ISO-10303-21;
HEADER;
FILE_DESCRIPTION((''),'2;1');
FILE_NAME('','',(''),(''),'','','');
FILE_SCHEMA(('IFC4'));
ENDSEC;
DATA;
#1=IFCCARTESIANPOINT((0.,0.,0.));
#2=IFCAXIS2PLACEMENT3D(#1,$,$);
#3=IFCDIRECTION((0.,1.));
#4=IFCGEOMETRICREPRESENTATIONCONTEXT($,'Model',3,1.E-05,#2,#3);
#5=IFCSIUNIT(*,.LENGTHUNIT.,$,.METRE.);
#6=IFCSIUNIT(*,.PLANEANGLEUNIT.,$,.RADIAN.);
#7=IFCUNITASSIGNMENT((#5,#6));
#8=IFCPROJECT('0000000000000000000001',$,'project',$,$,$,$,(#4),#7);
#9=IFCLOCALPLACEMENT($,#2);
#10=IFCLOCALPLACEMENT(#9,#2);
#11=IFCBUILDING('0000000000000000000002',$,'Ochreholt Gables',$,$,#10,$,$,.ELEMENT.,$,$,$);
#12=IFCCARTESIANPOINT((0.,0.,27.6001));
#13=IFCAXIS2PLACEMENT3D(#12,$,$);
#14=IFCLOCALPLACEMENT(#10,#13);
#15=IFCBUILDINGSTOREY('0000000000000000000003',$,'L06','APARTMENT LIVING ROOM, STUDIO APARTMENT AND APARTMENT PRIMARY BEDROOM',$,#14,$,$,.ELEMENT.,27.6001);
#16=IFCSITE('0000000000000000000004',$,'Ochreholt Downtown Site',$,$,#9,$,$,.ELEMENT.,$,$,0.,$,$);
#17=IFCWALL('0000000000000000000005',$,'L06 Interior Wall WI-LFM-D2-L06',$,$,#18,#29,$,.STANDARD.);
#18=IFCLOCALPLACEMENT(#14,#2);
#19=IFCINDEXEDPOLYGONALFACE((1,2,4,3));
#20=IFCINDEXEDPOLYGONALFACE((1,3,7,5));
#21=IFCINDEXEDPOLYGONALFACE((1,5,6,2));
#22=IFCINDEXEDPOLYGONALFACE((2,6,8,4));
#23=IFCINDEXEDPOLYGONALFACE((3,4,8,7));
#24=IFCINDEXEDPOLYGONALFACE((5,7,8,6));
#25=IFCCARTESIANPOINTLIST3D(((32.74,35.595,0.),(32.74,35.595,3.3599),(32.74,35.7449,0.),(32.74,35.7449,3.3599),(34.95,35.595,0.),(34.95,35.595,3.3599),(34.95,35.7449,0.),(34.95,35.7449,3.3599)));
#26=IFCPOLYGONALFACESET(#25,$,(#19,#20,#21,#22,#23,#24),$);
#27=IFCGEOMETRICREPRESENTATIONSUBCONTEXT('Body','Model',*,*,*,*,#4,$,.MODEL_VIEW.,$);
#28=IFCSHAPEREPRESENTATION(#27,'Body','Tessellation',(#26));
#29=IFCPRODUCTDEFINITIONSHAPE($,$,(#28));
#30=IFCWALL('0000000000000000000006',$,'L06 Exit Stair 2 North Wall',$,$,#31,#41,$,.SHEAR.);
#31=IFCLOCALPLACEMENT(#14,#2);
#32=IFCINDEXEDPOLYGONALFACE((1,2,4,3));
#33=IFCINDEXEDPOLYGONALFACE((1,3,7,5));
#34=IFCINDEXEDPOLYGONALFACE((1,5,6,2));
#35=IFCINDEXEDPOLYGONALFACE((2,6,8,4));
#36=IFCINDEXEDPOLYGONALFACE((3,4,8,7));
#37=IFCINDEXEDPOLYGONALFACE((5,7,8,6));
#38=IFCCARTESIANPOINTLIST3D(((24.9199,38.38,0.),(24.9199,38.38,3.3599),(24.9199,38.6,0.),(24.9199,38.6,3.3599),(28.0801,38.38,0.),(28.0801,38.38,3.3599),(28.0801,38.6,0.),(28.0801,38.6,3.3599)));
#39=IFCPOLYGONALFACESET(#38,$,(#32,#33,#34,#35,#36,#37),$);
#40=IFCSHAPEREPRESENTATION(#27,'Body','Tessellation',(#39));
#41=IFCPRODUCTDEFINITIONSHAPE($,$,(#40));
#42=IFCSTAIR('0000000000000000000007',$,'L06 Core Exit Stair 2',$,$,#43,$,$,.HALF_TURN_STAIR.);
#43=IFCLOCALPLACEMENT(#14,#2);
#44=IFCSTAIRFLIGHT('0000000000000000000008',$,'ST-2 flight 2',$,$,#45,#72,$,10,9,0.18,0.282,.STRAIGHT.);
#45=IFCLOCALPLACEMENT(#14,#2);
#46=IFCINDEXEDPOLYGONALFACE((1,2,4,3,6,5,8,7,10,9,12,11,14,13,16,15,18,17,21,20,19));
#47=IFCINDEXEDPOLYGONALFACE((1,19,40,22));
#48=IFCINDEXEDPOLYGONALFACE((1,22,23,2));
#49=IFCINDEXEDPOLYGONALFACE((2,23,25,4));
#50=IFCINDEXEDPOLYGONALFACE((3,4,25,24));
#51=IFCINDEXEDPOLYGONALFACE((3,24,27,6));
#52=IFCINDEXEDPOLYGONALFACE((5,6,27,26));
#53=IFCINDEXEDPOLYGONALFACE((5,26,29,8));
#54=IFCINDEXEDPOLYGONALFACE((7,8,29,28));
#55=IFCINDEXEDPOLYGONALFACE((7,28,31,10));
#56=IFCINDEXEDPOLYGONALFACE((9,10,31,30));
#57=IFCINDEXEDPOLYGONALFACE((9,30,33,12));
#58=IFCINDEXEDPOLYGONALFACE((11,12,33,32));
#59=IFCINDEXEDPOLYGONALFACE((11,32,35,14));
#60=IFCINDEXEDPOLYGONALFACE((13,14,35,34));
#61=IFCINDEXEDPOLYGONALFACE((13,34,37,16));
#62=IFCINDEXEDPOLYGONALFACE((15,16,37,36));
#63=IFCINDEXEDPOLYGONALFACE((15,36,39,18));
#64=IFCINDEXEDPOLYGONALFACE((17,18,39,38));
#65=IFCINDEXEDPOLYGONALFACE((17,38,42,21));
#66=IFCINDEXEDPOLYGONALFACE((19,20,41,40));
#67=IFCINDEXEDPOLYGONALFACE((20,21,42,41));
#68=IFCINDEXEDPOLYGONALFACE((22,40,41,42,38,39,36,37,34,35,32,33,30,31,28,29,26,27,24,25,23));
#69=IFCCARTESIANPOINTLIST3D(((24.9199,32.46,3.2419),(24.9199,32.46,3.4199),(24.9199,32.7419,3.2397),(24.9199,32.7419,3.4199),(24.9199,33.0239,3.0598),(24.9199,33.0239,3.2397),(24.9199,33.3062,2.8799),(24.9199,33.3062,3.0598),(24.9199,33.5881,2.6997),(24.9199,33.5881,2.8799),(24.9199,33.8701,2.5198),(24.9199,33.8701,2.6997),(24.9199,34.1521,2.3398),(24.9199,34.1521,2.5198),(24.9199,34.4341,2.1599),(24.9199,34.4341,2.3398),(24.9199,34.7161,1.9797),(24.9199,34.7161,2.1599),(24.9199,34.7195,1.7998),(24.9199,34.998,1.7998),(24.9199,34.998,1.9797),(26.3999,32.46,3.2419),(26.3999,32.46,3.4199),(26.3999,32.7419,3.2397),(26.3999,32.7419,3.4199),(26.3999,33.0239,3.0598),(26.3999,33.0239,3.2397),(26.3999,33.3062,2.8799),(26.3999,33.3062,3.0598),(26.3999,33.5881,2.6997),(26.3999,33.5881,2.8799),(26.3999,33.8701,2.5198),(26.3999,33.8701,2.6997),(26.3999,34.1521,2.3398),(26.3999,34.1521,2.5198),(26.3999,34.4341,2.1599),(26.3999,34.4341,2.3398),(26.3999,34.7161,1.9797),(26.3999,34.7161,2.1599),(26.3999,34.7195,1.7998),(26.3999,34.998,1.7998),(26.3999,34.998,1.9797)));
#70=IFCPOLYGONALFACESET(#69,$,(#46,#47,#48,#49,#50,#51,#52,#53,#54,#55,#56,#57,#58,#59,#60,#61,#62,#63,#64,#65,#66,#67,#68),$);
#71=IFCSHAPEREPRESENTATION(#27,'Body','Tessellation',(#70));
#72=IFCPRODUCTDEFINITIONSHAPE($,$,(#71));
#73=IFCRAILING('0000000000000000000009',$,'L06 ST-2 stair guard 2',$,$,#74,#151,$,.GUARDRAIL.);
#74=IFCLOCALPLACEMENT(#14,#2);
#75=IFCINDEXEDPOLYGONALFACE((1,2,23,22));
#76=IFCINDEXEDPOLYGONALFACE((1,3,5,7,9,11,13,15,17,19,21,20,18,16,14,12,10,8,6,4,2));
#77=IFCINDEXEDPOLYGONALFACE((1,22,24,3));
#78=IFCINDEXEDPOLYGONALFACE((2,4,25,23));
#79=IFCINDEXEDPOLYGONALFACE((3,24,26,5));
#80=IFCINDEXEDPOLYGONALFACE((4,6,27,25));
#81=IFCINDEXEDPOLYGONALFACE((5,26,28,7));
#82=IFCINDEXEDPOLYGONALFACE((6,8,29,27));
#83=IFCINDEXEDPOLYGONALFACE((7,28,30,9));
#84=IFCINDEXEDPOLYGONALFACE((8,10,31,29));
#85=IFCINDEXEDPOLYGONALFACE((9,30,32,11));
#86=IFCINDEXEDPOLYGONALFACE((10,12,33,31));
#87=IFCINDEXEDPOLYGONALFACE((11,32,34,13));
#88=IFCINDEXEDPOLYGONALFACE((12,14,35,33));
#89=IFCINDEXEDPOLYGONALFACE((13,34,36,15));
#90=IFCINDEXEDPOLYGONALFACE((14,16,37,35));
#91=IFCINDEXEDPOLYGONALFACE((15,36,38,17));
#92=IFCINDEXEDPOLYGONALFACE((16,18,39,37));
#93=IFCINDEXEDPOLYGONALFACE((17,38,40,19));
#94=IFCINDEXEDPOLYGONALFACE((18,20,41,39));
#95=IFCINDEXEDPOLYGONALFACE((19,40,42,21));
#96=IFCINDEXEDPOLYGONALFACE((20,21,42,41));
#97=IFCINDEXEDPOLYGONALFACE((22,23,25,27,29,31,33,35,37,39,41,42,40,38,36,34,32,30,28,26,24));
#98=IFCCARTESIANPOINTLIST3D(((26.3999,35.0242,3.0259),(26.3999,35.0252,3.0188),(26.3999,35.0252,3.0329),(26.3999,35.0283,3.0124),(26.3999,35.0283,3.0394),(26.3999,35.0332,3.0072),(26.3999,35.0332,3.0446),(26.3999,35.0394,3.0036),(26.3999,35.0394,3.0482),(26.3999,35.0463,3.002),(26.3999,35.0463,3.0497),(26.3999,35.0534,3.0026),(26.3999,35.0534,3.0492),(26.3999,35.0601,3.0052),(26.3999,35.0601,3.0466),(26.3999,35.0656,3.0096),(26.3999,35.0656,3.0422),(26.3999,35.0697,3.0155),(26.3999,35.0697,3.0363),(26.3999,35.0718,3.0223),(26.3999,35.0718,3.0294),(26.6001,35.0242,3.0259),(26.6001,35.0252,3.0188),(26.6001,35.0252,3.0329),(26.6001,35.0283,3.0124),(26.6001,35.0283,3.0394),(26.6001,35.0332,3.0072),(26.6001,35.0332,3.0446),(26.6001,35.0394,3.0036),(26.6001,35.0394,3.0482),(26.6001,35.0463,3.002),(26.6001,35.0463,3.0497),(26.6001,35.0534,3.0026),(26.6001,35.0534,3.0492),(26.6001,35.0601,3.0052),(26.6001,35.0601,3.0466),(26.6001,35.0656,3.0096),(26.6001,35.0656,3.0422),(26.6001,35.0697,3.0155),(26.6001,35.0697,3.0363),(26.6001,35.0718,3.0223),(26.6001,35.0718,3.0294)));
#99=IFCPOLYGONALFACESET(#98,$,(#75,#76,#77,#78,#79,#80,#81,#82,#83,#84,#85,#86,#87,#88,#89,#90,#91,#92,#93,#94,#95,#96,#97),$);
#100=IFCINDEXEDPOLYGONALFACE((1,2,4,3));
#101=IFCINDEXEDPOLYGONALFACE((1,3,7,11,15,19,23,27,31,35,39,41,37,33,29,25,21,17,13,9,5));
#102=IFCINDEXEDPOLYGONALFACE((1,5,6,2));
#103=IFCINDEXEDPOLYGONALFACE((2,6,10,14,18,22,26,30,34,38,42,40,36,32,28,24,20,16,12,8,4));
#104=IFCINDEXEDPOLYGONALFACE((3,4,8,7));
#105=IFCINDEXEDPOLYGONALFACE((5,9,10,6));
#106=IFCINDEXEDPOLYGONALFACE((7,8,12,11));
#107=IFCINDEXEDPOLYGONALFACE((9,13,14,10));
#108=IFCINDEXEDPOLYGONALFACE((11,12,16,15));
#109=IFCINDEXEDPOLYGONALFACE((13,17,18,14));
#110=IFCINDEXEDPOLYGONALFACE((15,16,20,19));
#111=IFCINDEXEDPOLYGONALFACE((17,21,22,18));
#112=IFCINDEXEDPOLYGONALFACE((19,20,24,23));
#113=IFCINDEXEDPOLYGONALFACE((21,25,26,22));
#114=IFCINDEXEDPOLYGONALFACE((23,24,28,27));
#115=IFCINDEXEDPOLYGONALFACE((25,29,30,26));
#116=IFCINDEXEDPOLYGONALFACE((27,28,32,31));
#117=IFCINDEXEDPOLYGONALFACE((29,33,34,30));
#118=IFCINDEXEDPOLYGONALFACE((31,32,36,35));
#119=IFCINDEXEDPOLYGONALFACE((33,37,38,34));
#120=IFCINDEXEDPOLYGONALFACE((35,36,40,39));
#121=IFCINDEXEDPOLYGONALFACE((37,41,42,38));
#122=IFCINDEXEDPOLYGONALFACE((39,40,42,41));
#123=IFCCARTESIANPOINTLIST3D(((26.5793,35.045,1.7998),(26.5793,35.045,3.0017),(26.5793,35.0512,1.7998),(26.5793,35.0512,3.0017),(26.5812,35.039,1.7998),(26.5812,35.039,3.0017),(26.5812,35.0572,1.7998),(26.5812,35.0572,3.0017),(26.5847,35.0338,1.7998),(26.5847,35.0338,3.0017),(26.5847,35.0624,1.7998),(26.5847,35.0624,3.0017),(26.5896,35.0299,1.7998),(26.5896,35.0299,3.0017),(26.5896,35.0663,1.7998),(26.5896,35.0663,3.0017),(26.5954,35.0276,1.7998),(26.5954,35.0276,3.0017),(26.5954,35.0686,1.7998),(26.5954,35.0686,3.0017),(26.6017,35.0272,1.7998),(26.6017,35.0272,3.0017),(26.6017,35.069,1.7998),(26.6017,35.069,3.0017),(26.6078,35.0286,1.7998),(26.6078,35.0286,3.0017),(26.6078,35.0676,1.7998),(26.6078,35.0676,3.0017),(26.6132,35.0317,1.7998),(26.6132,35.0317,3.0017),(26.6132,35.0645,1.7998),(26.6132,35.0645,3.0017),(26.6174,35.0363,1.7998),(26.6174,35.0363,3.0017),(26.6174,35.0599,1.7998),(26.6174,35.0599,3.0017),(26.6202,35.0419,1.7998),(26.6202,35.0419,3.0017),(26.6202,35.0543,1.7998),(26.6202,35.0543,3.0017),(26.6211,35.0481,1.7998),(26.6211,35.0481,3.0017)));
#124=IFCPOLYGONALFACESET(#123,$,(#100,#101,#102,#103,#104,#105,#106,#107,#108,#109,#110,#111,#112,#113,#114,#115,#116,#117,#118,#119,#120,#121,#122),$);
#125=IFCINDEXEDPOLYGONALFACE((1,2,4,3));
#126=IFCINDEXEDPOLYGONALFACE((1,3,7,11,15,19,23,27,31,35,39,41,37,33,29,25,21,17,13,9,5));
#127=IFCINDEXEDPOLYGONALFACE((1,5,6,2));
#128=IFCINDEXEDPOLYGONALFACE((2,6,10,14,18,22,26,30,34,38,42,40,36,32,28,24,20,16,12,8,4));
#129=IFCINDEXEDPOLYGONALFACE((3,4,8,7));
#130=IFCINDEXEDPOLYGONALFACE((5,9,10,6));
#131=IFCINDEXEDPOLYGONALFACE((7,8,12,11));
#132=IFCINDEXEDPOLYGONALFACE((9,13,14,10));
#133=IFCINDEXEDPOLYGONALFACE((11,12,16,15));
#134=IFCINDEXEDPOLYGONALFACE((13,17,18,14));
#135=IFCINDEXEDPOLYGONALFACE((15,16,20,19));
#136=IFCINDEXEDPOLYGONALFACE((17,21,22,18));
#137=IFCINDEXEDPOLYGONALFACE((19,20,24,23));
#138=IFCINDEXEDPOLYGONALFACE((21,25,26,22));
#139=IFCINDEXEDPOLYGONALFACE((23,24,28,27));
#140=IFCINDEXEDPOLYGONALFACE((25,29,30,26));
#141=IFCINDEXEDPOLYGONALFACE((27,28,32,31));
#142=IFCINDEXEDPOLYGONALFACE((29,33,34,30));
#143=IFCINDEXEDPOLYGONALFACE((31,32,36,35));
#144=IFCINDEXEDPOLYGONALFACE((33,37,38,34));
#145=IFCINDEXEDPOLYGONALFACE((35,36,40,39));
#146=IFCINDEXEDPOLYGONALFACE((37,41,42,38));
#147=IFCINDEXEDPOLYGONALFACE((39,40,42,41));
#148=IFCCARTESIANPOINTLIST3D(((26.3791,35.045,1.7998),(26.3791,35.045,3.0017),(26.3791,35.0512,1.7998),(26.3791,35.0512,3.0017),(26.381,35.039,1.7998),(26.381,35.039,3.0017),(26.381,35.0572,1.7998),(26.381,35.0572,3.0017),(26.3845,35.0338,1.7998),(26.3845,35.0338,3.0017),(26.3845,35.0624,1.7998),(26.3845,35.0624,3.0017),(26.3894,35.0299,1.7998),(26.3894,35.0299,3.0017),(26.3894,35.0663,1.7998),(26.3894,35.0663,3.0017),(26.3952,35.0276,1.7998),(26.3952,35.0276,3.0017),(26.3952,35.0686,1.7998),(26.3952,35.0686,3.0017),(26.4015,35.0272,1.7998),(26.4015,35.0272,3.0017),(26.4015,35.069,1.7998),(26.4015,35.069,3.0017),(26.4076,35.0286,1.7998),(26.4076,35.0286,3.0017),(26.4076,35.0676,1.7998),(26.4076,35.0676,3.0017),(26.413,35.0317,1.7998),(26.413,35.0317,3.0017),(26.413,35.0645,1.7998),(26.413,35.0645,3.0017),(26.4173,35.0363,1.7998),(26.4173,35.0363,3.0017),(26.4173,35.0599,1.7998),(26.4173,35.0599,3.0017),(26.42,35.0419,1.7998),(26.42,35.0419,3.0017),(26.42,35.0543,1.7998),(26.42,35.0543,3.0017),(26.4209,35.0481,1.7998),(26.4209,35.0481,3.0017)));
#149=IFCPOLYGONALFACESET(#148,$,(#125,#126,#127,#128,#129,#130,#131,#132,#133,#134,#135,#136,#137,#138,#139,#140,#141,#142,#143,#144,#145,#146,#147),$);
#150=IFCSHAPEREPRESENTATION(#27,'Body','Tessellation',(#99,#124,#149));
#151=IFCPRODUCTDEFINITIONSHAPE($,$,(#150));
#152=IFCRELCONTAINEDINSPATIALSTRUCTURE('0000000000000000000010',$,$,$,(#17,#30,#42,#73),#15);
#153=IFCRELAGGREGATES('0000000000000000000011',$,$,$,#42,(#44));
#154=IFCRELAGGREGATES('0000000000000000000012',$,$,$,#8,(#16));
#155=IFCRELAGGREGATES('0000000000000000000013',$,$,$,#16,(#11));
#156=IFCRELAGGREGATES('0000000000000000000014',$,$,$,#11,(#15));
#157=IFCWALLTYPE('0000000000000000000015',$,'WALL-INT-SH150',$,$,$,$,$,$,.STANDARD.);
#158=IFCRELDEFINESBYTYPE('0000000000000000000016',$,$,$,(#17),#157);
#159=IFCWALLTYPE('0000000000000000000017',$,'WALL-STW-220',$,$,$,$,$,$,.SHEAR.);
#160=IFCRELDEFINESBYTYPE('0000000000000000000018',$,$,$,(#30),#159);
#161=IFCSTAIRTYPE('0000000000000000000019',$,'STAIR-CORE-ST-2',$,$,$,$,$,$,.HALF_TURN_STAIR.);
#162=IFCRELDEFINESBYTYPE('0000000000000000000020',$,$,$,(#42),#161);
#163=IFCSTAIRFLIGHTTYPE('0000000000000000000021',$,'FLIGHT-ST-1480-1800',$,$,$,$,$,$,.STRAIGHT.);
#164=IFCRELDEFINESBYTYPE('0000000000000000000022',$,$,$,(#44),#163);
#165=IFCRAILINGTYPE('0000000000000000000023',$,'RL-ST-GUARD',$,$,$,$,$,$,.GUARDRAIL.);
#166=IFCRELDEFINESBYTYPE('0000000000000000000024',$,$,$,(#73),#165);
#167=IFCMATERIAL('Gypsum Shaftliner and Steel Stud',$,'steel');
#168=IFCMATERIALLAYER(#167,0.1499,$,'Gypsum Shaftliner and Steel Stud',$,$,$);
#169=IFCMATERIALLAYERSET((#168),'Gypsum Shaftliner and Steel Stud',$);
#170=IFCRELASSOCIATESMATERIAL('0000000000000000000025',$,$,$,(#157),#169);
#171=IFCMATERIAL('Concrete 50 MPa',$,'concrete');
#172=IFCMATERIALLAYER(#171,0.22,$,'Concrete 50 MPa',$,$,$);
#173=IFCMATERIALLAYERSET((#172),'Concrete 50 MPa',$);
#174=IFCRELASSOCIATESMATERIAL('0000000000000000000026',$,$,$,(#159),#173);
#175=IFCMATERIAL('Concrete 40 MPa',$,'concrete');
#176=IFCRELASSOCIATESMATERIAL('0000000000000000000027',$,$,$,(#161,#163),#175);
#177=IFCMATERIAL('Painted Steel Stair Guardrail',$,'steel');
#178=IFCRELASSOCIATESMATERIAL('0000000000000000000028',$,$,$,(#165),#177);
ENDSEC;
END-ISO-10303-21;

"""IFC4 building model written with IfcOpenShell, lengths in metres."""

from ifc_helpers import new_model, si_unit, direction, frame, frame_2d, origin, origin_2d, place, context, subcontext, project, spatial, polyline, rectangle, circle, outline, extrude, material, layer, layer_set, type_object, element, aggregate, save


model = new_model("IFC4")

# Units and contexts
model_context = context("Model", 3, precision=1e-05, world=origin(), true_north=direction((0.0, 1.0)))
body_context = subcontext(model_context, "Body", "Model", "MODEL_VIEW")
ifc_project = project(units=[si_unit("LENGTHUNIT", "METRE"), si_unit("PLANEANGLEUNIT", "RADIAN")], contexts=[model_context])

# Site, building, storey
site_placement = place(None, origin())
site = spatial("IfcSite", under=ifc_project, at=site_placement, Name="Ochreholt Downtown Site", CompositionType="ELEMENT", RefElevation=0.0)
building_placement = place(site_placement, origin())
building = spatial("IfcBuilding", under=site, at=building_placement, Name="Ochreholt Gables", CompositionType="ELEMENT")
storey_placement = place(building_placement, frame((0.0, 0.0, 27.6001)))
storey = spatial("IfcBuildingStorey", under=building, at=storey_placement, Name="L06", Description="APARTMENT LIVING ROOM, STUDIO APARTMENT AND APARTMENT PRIMARY BEDROOM", CompositionType="ELEMENT", Elevation=27.6001)

# Walls
ifc_material_1 = material(Name="Gypsum Shaftliner and Steel Stud", Category="steel")
ifc_layer_1 = layer(ifc_material_1, 0.1499, Name="Gypsum Shaftliner and Steel Stud")
ifc_layer_set_1 = layer_set([ifc_layer_1], Name="Gypsum Shaftliner and Steel Stud")
wall_type_1 = type_object("IfcWallType", Name="WALL-INT-SH150", PredefinedType="STANDARD", material=ifc_layer_set_1)
wall_1_placement = place(storey_placement, frame((32.74, 35.6699, 0.0), z_axis=(0.0, 0.0, 1.0), x_axis=(1.0, 0.0, 0.0)))
element("IfcWall", 1, at=wall_1_placement, inside=storey, type_object=wall_type_1, Name="L06 Interior Wall WI-LFM-D2-L06", PredefinedType="STANDARD", context=body_context, shape_type="SweptSolid", body=[
    extrude(rectangle(XDim=2.21, YDim=0.1499, at=frame_2d((1.105, 0.0))), origin(), (0.0, 0.0, 1.0), 3.3599),
])
ifc_material_2 = material(Name="Concrete 50 MPa", Category="concrete")
ifc_layer_2 = layer(ifc_material_2, 0.22, Name="Concrete 50 MPa")
ifc_layer_set_2 = layer_set([ifc_layer_2], Name="Concrete 50 MPa")
wall_type_2 = type_object("IfcWallType", Name="WALL-STW-220", PredefinedType="SHEAR", material=ifc_layer_set_2)
wall_2_placement = place(storey_placement, frame((24.9199, 38.49, 0.0), z_axis=(0.0, 0.0, 1.0), x_axis=(1.0, 0.0, 0.0)))
element("IfcWall", 2, at=wall_2_placement, inside=storey, type_object=wall_type_2, Name="L06 Exit Stair 2 North Wall", PredefinedType="SHEAR", context=body_context, shape_type="SweptSolid", body=[
    extrude(rectangle(XDim=3.1602, YDim=0.22, at=frame_2d((1.5801, 0.0))), origin(), (0.0, 0.0, 1.0), 3.3599),
])

# Stair, stair flight
ifc_material_3 = material(Name="Concrete 40 MPa", Category="concrete")
stair_type = type_object("IfcStairType", Name="STAIR-CORE-ST-2", PredefinedType="HALF_TURN_STAIR", material=ifc_material_3)
stair_placement = place(storey_placement, origin())
stair = element("IfcStair", 3, at=stair_placement, inside=storey, type_object=stair_type, Name="L06 Core Exit Stair 2", PredefinedType="HALF_TURN_STAIR")
stair_flight_type = type_object("IfcStairFlightType", Name="FLIGHT-ST-1480-1800", PredefinedType="STRAIGHT", material=ifc_material_3)
stair_flight_placement = place(storey_placement, frame((25.6599, 34.998, 1.7998), z_axis=(0.0, 0.0, 1.0), x_axis=(0.0, -1.0, 0.0)))
stair_flight = element("IfcStairFlight", 4, at=stair_flight_placement, type_object=stair_flight_type, Name="ST-2 flight 2", NumberOfRisers=10, NumberOfTreads=9, PredefinedType="STRAIGHT", RiserHeight=0.18, TreadLength=0.282, context=body_context, shape_type="SweptSolid", body=[
    extrude(outline(polyline([(0.0, 0.0), (0.0, 0.1799), (0.282, 0.1799), (0.282, 0.3601), (0.564, 0.3601), (0.564, 0.54), (0.8459, 0.54), (0.8459, 0.72), (1.1279, 0.72), (1.1279, 0.8999), (1.4099, 0.8999), (1.4099, 1.0801), (1.6919, 1.0801), (1.6919, 1.26), (1.9741, 1.26), (1.9741, 1.4399), (2.2561, 1.4399), (2.2561, 1.6201), (2.5381, 1.6201), (2.5381, 1.8), (2.5381, 1.4421), (0.2786, 0.0), (0.0, 0.0)])), frame((0.0, 0.74, 0.0), z_axis=(0.0, -1.0, 0.0), x_axis=(1.0, 0.0, 0.0)), (0.0, 0.0, 1.0), 1.48),
])
aggregate(stair, [stair_flight])

# Railing
ifc_material_4 = material(Name="Painted Steel Stair Guardrail", Category="steel")
railing_type_1 = type_object("IfcRailingType", Name="RL-ST-GUARD", PredefinedType="GUARDRAIL", material=ifc_material_4)
railing_1_placement = place(storey_placement, frame((26.6001, 35.0481, 1.7998)))
element("IfcRailing", 5, at=railing_1_placement, inside=storey, type_object=railing_type_1, Name="L06 ST-2 stair guard 2", PredefinedType="GUARDRAIL", context=body_context, shape_type="SweptSolid", body=[
    extrude(circle(Radius=0.0239, at=origin_2d()), frame((0.0, 0.0, 1.2261), z_axis=(-1.0, 0.0, 0.0), x_axis=(0.0, -1.0, 0.0)), (0.0, 0.0, 1.0), 0.2002),
    extrude(circle(Radius=0.021, at=origin_2d()), origin(), (0.0, 0.0, 1.0), 1.2019),
    extrude(circle(Radius=0.021, at=origin_2d()), frame((-0.2002, 0.0, 0.0)), (0.0, 0.0, 1.0), 1.2019),
])

save(model, "model.ifc")
